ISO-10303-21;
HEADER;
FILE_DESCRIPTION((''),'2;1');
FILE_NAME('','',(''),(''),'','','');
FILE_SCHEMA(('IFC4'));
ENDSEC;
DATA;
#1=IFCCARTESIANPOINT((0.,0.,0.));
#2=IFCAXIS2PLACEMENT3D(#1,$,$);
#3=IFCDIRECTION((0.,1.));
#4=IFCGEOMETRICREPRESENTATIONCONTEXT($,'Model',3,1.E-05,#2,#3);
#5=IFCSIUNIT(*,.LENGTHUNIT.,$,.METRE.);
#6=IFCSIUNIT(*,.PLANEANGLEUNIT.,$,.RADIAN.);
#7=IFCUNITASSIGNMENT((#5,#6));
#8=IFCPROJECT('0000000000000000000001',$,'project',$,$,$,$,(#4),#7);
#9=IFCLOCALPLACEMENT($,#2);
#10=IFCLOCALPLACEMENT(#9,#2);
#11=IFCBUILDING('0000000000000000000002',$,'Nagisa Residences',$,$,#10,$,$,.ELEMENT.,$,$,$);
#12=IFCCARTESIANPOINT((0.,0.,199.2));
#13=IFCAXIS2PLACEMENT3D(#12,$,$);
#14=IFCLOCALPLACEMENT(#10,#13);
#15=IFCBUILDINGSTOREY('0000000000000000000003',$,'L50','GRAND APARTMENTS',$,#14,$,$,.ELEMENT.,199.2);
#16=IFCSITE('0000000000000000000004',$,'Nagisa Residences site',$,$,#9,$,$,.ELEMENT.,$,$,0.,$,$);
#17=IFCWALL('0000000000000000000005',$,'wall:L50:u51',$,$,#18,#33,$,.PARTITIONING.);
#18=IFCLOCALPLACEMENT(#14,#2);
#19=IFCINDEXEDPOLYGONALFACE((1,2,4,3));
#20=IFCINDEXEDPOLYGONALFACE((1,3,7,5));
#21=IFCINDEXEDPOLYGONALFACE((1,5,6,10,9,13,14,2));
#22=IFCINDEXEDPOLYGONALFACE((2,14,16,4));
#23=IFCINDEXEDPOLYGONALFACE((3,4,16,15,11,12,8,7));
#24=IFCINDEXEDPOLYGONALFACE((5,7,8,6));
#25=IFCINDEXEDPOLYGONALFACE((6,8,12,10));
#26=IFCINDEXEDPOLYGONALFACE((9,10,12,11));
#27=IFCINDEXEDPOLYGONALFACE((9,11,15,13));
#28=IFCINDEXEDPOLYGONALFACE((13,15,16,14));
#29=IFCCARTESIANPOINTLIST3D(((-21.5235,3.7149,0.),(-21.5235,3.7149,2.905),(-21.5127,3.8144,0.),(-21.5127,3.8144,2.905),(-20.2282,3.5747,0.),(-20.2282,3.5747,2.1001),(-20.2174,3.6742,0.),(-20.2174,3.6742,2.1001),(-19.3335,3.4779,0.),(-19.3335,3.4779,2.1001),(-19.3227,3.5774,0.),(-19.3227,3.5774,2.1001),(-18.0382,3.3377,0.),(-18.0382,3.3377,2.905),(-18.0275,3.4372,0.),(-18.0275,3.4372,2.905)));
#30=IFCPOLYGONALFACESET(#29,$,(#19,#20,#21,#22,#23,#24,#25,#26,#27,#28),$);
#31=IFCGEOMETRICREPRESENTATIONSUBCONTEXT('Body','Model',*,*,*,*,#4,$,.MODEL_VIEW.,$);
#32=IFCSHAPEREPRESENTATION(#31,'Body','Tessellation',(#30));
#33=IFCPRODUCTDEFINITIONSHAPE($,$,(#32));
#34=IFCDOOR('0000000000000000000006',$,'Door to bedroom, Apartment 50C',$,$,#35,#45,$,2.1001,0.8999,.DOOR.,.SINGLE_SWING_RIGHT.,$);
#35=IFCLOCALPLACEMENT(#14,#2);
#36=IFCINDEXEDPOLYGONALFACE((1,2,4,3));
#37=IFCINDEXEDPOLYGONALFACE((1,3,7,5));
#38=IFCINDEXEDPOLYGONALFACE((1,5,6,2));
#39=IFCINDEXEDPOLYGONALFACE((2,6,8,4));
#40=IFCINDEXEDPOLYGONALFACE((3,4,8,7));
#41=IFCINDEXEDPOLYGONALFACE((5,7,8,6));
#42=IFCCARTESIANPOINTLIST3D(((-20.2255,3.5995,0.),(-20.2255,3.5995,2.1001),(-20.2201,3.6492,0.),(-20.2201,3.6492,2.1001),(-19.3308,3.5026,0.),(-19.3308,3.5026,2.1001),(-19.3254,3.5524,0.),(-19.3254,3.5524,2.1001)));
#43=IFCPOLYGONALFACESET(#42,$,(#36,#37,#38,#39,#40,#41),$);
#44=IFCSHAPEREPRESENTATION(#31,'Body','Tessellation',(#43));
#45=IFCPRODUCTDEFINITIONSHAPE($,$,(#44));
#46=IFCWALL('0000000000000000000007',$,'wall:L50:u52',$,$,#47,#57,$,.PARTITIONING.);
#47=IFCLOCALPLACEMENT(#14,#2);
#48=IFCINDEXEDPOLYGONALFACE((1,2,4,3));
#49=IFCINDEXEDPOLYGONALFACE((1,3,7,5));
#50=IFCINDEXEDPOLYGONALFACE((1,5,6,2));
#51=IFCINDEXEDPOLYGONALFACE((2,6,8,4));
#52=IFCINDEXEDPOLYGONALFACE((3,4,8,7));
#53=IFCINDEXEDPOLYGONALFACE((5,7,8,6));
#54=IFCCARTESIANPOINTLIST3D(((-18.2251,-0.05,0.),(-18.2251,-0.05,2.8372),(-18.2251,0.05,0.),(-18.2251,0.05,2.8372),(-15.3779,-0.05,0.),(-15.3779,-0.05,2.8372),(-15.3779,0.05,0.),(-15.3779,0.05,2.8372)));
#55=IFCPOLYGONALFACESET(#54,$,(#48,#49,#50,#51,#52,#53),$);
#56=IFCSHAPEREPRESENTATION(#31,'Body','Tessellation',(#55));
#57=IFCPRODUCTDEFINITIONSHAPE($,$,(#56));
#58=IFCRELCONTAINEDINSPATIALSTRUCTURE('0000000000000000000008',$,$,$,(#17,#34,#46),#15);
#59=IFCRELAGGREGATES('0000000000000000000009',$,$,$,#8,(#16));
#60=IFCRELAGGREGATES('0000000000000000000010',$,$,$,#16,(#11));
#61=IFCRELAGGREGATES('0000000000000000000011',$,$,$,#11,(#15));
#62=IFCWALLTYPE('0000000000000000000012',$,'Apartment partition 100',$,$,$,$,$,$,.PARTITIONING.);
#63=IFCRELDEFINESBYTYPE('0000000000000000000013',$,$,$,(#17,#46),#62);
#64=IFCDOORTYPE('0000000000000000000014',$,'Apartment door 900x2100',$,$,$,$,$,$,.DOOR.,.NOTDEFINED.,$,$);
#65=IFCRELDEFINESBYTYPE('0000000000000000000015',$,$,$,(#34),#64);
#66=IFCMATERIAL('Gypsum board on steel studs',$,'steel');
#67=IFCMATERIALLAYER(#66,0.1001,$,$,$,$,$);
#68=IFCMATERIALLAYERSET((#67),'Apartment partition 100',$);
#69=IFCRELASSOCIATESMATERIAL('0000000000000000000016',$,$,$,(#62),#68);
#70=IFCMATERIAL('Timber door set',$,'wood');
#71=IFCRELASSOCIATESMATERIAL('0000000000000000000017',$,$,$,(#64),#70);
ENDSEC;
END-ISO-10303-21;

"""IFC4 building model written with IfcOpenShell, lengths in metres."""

from ifc_helpers import new_model, si_unit, direction, frame, frame_2d, origin, place, context, subcontext, project, spatial, rectangle, extrude, material, layer, layer_set, type_object, element, fill, save


model = new_model("IFC4")

# Units and contexts
model_context = context("Model", 3, precision=1e-05, world=origin(), true_north=direction((0.0, 1.0)))
body_context = subcontext(model_context, "Body", "Model", "MODEL_VIEW")
ifc_project = project(units=[si_unit("LENGTHUNIT", "METRE"), si_unit("PLANEANGLEUNIT", "RADIAN")], contexts=[model_context])

# Site, building, storey
site_placement = place(None, origin())
site = spatial("IfcSite", under=ifc_project, at=site_placement, Name="Nagisa Residences site", CompositionType="ELEMENT", RefElevation=0.0)
building_placement = place(site_placement, origin())
building = spatial("IfcBuilding", under=site, at=building_placement, Name="Nagisa Residences", CompositionType="ELEMENT")
storey_placement = place(building_placement, frame((0.0, 0.0, 199.2)))
storey = spatial("IfcBuildingStorey", under=building, at=storey_placement, Name="L50", Description="GRAND APARTMENTS", CompositionType="ELEMENT", Elevation=199.2)

# Wall, opening, door
ifc_material_1 = material(Name="Gypsum board on steel studs", Category="steel")
ifc_layer_1 = layer(ifc_material_1, 0.1001)
ifc_layer_set_1 = layer_set([ifc_layer_1], Name="Apartment partition 100")
wall_type_1 = type_object("IfcWallType", Name="Apartment partition 100", PredefinedType="PARTITIONING", material=ifc_layer_set_1)
ifc_material_2 = material(Name="Timber door set", Category="wood")
door_type_1 = type_object("IfcDoorType", Name="Apartment door 900x2100", OperationType="NOTDEFINED", PredefinedType="DOOR", material=ifc_material_2)
wall_1_placement = place(storey_placement, frame((-18.0327, 3.3875, 0.0), z_axis=(0.0, 0.0, 1.0), x_axis=(-0.994195, 0.107595, 0.0)))
wall_1 = element("IfcWall", 1, at=wall_1_placement, inside=storey, type_object=wall_type_1, Name="wall:L50:u51", PredefinedType="PARTITIONING", context=body_context, shape_type="SweptSolid", body=[
    extrude(rectangle(XDim=3.5056, YDim=0.1001, at=frame_2d((1.7529, 0.0))), origin(), (0.0, 0.0, 1.0), 2.905),
])
opening_1_placement = place(wall_1_placement, frame((1.303, 0.0, 0.0)))
opening_1 = element("IfcOpeningElement", 2, at=opening_1_placement, cuts=wall_1, PredefinedType="OPENING", context=body_context, shape_type="SweptSolid", body=[
    extrude(rectangle(XDim=0.8999, YDim=2.1001, at=frame_2d((0.45, 1.05))), frame((0.0, 0.0601, 0.0), z_axis=(0.0, -1.0, 0.0), x_axis=(1.0, 0.0, 0.0)), (0.0, 0.0, 1.0), 0.1201),
])
door_1_placement = place(opening_1_placement, frame((0.8999, 0.0, 0.0), x_axis=(-1.0, 0.0, 0.0)))
door_1 = element("IfcDoor", 3, at=door_1_placement, inside=storey, type_object=door_type_1, Name="Door to bedroom, Apartment 50C", OperationType="SINGLE_SWING_RIGHT", OverallHeight=2.1001, OverallWidth=0.8999, PredefinedType="DOOR", context=body_context, shape_type="SweptSolid", body=[
    extrude(rectangle(XDim=0.8999, YDim=2.1001, at=frame_2d((0.45, 1.05))), frame((0.0, 0.0249, 0.0), z_axis=(0.0, -1.0, 0.0), x_axis=(1.0, 0.0, 0.0)), (0.0, 0.0, 1.0), 0.05),
])
fill(opening_1, door_1)

# Wall
wall_2_placement = place(storey_placement, frame((-15.3779, 0.0, 0.0), z_axis=(0.0, 0.0, 1.0), x_axis=(-1.0, 0.0, 0.0)))
element("IfcWall", 4, at=wall_2_placement, inside=storey, type_object=wall_type_1, Name="wall:L50:u52", PredefinedType="PARTITIONING", context=body_context, shape_type="SweptSolid", body=[
    extrude(rectangle(XDim=2.8472, YDim=0.1001, at=frame_2d((1.4236, 0.0))), origin(), (0.0, 0.0, 1.0), 2.8372),
])

save(model, "model.ifc")
